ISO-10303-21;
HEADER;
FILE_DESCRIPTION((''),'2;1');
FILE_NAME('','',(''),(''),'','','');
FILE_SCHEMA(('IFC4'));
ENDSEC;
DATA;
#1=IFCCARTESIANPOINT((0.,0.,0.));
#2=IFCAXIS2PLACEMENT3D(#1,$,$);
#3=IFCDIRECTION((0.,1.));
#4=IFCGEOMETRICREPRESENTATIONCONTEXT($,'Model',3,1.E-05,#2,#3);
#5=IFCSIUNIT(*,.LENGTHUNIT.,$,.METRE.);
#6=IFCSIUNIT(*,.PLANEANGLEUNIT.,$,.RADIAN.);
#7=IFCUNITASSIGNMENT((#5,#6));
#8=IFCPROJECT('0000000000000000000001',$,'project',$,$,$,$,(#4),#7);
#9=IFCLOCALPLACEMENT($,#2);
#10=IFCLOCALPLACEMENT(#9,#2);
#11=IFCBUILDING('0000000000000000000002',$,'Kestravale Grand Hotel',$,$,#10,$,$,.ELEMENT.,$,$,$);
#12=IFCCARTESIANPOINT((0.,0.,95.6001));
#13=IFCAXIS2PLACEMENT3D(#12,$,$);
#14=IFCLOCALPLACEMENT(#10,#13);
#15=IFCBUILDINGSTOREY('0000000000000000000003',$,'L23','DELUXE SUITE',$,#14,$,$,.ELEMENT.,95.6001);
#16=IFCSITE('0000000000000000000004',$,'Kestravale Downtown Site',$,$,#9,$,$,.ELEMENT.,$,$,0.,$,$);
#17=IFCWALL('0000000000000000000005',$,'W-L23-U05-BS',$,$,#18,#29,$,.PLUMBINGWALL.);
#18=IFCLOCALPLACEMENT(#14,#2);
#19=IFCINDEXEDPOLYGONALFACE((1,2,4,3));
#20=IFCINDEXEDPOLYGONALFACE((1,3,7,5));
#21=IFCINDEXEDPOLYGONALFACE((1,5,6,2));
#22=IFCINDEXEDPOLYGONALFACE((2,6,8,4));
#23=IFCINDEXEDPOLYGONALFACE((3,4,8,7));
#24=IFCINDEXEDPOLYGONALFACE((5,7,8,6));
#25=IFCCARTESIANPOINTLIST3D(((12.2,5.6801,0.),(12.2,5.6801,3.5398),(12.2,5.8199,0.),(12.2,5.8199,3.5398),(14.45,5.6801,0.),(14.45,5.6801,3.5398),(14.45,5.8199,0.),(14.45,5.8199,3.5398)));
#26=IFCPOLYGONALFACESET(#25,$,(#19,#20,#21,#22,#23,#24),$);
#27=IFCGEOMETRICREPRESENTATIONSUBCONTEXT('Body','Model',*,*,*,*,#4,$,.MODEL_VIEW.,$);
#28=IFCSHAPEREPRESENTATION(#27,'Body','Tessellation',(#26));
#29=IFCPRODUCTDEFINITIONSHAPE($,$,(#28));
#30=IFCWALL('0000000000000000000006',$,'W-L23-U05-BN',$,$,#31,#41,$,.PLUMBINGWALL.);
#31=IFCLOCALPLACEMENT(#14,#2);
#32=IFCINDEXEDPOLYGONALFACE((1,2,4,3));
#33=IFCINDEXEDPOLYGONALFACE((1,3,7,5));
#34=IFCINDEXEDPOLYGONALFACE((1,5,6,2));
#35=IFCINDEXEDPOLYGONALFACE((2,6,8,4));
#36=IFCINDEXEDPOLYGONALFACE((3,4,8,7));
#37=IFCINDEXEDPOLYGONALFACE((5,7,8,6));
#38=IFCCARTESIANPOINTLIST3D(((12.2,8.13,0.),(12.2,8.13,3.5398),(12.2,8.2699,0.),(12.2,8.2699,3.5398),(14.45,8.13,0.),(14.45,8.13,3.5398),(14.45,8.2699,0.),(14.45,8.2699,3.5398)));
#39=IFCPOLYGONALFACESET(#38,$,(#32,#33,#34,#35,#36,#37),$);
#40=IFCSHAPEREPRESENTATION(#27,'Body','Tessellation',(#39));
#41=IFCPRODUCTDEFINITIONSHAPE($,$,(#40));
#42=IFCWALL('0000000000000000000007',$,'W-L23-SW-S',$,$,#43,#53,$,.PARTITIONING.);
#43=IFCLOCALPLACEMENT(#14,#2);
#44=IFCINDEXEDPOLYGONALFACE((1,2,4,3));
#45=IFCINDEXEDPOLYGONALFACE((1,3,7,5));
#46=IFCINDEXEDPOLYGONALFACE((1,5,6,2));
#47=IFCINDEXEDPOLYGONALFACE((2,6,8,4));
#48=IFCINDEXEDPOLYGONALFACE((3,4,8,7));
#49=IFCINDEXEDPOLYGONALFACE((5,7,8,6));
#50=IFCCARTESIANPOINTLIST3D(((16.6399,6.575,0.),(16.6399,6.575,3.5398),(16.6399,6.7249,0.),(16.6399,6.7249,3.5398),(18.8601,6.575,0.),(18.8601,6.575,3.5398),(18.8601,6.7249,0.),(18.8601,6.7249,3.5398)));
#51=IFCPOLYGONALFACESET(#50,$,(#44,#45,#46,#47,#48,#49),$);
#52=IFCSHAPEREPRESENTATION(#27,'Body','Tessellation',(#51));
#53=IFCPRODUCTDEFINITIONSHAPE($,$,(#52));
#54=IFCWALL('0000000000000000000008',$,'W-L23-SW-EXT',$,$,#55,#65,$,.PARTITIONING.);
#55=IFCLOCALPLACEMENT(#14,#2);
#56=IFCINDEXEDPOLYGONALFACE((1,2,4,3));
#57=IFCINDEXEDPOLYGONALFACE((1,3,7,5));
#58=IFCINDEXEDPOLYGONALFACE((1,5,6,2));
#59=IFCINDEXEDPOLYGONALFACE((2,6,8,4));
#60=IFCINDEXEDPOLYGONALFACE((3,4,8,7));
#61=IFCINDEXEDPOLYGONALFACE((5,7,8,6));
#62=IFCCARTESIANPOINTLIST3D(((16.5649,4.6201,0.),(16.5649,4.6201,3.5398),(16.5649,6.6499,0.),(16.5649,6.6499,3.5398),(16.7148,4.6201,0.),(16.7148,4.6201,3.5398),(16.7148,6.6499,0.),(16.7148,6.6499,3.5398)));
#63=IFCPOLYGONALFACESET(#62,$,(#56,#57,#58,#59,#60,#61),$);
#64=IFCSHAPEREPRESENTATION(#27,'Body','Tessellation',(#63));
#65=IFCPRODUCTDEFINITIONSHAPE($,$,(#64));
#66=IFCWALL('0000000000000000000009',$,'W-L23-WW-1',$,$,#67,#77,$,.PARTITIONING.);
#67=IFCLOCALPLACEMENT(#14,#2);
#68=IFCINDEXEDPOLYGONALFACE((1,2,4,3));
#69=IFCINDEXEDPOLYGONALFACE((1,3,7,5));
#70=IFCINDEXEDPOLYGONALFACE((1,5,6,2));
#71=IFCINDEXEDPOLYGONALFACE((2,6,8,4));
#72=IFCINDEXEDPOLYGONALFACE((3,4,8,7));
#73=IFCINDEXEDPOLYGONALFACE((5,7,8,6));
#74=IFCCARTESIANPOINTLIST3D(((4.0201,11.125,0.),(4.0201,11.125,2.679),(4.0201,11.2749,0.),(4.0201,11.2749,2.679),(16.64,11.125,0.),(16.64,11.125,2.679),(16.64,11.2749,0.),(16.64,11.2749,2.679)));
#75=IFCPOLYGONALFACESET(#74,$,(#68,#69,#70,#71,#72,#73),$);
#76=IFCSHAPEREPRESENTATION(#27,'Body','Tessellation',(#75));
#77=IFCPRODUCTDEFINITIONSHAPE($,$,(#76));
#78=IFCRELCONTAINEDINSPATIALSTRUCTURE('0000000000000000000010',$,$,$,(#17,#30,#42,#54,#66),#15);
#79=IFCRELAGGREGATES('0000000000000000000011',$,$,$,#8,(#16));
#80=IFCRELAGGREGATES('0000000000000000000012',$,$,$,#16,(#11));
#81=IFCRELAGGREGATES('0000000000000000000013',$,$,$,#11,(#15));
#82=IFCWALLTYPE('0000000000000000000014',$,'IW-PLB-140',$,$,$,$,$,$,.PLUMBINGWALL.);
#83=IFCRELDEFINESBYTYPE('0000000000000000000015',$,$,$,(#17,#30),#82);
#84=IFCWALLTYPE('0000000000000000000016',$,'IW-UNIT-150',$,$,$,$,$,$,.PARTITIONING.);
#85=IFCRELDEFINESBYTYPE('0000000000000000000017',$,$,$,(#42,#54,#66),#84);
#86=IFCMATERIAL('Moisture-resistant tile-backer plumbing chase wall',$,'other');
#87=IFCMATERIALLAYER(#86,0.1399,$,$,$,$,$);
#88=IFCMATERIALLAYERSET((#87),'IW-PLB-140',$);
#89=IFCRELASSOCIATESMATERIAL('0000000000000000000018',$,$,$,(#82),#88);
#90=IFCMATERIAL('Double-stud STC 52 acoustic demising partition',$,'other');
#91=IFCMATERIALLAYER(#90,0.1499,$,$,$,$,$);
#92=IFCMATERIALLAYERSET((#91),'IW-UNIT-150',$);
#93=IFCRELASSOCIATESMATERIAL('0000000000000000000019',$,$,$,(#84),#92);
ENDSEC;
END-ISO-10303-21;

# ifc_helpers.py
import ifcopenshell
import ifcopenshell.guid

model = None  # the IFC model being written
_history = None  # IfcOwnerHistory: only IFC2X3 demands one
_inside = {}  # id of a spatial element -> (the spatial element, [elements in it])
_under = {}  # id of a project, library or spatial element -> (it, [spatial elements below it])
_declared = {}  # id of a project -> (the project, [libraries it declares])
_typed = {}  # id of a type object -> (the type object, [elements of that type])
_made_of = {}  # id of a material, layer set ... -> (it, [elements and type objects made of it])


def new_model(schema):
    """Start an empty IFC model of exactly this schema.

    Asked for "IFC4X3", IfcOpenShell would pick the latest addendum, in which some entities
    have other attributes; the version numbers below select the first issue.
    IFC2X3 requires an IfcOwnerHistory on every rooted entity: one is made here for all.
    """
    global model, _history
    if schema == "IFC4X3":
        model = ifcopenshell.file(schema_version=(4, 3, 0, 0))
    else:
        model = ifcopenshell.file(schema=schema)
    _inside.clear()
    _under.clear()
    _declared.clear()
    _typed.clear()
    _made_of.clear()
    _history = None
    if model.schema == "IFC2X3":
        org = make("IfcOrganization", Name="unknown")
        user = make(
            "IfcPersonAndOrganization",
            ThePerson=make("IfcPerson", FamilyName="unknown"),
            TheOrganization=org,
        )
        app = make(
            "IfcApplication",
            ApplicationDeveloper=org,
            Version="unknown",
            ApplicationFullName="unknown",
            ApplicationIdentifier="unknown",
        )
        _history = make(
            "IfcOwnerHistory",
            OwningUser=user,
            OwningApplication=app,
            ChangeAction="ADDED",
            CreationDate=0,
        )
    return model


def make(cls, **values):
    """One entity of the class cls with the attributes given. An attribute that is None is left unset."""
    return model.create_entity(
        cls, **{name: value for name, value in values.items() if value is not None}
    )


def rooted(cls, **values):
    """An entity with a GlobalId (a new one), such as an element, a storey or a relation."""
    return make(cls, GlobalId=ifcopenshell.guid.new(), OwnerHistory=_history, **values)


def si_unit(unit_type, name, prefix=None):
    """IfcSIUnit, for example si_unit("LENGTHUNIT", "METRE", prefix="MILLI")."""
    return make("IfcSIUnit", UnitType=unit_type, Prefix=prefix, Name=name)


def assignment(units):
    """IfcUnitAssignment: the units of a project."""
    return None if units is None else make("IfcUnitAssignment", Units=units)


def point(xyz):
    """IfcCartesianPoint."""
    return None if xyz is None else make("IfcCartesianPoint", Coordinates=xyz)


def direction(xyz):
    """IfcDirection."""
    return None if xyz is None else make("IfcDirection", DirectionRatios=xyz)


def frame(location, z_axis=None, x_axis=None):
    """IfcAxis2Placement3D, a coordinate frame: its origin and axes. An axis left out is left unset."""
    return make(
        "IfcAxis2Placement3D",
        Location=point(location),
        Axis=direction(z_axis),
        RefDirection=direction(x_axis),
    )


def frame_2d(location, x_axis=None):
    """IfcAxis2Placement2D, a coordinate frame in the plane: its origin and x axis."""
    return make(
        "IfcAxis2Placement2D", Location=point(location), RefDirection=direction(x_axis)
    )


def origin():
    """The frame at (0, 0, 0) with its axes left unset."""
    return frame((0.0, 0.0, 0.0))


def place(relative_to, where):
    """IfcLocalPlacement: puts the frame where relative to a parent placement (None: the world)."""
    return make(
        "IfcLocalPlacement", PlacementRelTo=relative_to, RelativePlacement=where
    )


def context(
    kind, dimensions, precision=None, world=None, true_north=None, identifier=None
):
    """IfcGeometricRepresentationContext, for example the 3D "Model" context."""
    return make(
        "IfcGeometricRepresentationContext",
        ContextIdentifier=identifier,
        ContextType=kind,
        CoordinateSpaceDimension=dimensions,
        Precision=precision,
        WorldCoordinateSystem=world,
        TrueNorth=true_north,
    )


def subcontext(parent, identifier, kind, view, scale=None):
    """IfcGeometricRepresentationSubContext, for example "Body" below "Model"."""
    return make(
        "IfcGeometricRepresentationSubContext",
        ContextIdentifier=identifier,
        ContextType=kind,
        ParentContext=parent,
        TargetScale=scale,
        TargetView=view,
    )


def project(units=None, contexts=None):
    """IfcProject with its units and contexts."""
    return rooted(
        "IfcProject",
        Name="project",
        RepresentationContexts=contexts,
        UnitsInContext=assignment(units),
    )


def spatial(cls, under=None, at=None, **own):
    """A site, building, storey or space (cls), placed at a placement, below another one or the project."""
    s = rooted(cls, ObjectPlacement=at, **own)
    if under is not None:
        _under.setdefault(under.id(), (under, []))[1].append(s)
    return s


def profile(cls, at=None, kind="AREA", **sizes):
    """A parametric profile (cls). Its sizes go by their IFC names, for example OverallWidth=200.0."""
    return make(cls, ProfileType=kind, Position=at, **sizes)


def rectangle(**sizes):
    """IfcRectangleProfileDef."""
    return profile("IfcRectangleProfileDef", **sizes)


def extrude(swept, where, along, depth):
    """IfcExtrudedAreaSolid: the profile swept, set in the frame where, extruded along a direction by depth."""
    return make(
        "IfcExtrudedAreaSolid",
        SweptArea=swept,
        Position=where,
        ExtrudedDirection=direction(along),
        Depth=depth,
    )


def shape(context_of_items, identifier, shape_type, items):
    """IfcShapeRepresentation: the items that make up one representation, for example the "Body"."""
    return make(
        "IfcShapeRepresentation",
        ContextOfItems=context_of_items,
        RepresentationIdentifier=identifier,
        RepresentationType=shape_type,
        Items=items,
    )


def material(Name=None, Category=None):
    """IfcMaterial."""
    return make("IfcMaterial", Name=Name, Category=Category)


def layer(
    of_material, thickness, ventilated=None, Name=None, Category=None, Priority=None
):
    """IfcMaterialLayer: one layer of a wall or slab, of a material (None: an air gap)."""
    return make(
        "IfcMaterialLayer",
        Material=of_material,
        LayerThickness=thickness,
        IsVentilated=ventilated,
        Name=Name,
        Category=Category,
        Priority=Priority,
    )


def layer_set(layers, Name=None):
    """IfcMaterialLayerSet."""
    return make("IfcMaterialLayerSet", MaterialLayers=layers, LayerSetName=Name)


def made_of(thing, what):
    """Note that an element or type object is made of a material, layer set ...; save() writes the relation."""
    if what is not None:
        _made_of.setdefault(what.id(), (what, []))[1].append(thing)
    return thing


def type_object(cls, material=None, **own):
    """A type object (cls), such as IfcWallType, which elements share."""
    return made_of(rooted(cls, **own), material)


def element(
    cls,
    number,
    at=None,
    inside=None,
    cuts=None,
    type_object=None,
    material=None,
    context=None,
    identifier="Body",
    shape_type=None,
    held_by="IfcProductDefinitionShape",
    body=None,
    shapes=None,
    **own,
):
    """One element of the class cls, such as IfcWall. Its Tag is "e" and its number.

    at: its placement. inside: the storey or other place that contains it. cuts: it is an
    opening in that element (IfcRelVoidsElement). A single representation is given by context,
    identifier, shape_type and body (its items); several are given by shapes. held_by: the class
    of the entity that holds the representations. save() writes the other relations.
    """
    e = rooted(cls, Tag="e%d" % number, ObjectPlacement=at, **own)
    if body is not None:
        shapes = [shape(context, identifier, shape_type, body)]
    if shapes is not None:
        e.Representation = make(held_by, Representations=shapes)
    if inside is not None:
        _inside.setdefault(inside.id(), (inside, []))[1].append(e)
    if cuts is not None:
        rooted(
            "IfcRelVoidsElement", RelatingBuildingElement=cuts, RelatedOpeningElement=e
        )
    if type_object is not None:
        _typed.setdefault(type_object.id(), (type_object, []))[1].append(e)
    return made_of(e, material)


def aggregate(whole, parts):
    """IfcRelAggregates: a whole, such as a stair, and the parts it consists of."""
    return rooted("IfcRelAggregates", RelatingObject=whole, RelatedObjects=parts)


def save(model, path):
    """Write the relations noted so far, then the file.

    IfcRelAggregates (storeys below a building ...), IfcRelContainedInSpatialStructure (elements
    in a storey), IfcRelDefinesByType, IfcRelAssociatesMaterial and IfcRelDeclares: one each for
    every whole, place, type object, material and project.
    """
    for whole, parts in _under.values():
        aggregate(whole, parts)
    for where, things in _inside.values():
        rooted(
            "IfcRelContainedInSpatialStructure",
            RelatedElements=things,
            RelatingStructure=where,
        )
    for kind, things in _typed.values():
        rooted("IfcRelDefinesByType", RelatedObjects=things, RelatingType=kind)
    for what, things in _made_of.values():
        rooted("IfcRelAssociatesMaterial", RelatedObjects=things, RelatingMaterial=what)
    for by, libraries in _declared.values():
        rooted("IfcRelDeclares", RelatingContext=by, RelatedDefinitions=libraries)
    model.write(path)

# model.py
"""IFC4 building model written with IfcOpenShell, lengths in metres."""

from ifc_helpers import new_model, si_unit, direction, frame, frame_2d, origin, place, context, subcontext, project, spatial, rectangle, extrude, material, layer, layer_set, type_object, element, save


model = new_model("IFC4")

# Units and contexts
model_context = context("Model", 3, precision=1e-05, world=origin(), true_north=direction((0.0, 1.0)))
body_context = subcontext(model_context, "Body", "Model", "MODEL_VIEW")
ifc_project = project(units=[si_unit("LENGTHUNIT", "METRE"), si_unit("PLANEANGLEUNIT", "RADIAN")], contexts=[model_context])

# Site, building, storey
site_placement = place(None, origin())
site = spatial("IfcSite", under=ifc_project, at=site_placement, Name="Kestravale Downtown Site", CompositionType="ELEMENT", RefElevation=0.0)
building_placement = place(site_placement, origin())
building = spatial("IfcBuilding", under=site, at=building_placement, Name="Kestravale Grand Hotel", CompositionType="ELEMENT")
storey_placement = place(building_placement, frame((0.0, 0.0, 95.6001)))
storey = spatial("IfcBuildingStorey", under=building, at=storey_placement, Name="L23", Description="DELUXE SUITE", CompositionType="ELEMENT", Elevation=95.6001)

# Shared definitions
ifc_material_1 = material(Name="Moisture-resistant tile-backer plumbing chase wall", Category="other")
ifc_layer_1 = layer(ifc_material_1, 0.1399)
ifc_layer_set_1 = layer_set([ifc_layer_1], Name="IW-PLB-140")
wall_type_1 = type_object("IfcWallType", Name="IW-PLB-140", PredefinedType="PLUMBINGWALL", material=ifc_layer_set_1)

# Walls
for number, where, z_axis, x_axis, name in (
    (1, (12.2, 5.75, 0.0), (0.0, 0.0, 1.0), (1.0, 0.0, 0.0), "W-L23-U05-BS"),
    (2, (12.2, 8.2, 0.0), (0.0, 0.0, 1.0), (1.0, 0.0, 0.0), "W-L23-U05-BN"),
):
    element("IfcWall", number, at=place(storey_placement, frame(where, z_axis=z_axis, x_axis=x_axis)), inside=storey, type_object=wall_type_1, Name=name, PredefinedType="PLUMBINGWALL", context=body_context, shape_type="SweptSolid", body=[
        extrude(rectangle(XDim=2.25, YDim=0.1399, at=frame_2d((1.125, 0.0))), origin(), (0.0, 0.0, 1.0), 3.5398),
    ])
ifc_material_2 = material(Name="Double-stud STC 52 acoustic demising partition", Category="other")
ifc_layer_2 = layer(ifc_material_2, 0.1499)
ifc_layer_set_2 = layer_set([ifc_layer_2], Name="IW-UNIT-150")
wall_type_2 = type_object("IfcWallType", Name="IW-UNIT-150", PredefinedType="PARTITIONING", material=ifc_layer_set_2)
wall_1_placement = place(storey_placement, frame((16.6399, 6.6499, 0.0), z_axis=(0.0, 0.0, 1.0), x_axis=(1.0, 0.0, 0.0)))
element("IfcWall", 3, at=wall_1_placement, inside=storey, type_object=wall_type_2, Name="W-L23-SW-S", PredefinedType="PARTITIONING", context=body_context, shape_type="SweptSolid", body=[
    extrude(rectangle(XDim=2.2202, YDim=0.1499, at=frame_2d((1.1101, 0.0))), origin(), (0.0, 0.0, 1.0), 3.5398),
])
wall_2_placement = place(storey_placement, frame((16.6399, 4.6201, 0.0), z_axis=(0.0, 0.0, 1.0), x_axis=(0.0, 1.0, 0.0)))
element("IfcWall", 4, at=wall_2_placement, inside=storey, type_object=wall_type_2, Name="W-L23-SW-EXT", PredefinedType="PARTITIONING", context=body_context, shape_type="SweptSolid", body=[
    extrude(rectangle(XDim=2.0298, YDim=0.1499, at=frame_2d((1.0149, 0.0))), origin(), (0.0, 0.0, 1.0), 3.5398),
])
wall_3_placement = place(storey_placement, frame((4.02, 11.2, 0.0), z_axis=(0.0, 0.0, 1.0), x_axis=(1.0, 0.0, 0.0)))
element("IfcWall", 5, at=wall_3_placement, inside=storey, type_object=wall_type_2, Name="W-L23-WW-1", PredefinedType="PARTITIONING", context=body_context, shape_type="SweptSolid", body=[
    extrude(rectangle(XDim=12.6199, YDim=0.1499, at=frame_2d((6.3101, 0.0))), origin(), (0.0, 0.0, 1.0), 2.679),
])

save(model, "model.ifc")
